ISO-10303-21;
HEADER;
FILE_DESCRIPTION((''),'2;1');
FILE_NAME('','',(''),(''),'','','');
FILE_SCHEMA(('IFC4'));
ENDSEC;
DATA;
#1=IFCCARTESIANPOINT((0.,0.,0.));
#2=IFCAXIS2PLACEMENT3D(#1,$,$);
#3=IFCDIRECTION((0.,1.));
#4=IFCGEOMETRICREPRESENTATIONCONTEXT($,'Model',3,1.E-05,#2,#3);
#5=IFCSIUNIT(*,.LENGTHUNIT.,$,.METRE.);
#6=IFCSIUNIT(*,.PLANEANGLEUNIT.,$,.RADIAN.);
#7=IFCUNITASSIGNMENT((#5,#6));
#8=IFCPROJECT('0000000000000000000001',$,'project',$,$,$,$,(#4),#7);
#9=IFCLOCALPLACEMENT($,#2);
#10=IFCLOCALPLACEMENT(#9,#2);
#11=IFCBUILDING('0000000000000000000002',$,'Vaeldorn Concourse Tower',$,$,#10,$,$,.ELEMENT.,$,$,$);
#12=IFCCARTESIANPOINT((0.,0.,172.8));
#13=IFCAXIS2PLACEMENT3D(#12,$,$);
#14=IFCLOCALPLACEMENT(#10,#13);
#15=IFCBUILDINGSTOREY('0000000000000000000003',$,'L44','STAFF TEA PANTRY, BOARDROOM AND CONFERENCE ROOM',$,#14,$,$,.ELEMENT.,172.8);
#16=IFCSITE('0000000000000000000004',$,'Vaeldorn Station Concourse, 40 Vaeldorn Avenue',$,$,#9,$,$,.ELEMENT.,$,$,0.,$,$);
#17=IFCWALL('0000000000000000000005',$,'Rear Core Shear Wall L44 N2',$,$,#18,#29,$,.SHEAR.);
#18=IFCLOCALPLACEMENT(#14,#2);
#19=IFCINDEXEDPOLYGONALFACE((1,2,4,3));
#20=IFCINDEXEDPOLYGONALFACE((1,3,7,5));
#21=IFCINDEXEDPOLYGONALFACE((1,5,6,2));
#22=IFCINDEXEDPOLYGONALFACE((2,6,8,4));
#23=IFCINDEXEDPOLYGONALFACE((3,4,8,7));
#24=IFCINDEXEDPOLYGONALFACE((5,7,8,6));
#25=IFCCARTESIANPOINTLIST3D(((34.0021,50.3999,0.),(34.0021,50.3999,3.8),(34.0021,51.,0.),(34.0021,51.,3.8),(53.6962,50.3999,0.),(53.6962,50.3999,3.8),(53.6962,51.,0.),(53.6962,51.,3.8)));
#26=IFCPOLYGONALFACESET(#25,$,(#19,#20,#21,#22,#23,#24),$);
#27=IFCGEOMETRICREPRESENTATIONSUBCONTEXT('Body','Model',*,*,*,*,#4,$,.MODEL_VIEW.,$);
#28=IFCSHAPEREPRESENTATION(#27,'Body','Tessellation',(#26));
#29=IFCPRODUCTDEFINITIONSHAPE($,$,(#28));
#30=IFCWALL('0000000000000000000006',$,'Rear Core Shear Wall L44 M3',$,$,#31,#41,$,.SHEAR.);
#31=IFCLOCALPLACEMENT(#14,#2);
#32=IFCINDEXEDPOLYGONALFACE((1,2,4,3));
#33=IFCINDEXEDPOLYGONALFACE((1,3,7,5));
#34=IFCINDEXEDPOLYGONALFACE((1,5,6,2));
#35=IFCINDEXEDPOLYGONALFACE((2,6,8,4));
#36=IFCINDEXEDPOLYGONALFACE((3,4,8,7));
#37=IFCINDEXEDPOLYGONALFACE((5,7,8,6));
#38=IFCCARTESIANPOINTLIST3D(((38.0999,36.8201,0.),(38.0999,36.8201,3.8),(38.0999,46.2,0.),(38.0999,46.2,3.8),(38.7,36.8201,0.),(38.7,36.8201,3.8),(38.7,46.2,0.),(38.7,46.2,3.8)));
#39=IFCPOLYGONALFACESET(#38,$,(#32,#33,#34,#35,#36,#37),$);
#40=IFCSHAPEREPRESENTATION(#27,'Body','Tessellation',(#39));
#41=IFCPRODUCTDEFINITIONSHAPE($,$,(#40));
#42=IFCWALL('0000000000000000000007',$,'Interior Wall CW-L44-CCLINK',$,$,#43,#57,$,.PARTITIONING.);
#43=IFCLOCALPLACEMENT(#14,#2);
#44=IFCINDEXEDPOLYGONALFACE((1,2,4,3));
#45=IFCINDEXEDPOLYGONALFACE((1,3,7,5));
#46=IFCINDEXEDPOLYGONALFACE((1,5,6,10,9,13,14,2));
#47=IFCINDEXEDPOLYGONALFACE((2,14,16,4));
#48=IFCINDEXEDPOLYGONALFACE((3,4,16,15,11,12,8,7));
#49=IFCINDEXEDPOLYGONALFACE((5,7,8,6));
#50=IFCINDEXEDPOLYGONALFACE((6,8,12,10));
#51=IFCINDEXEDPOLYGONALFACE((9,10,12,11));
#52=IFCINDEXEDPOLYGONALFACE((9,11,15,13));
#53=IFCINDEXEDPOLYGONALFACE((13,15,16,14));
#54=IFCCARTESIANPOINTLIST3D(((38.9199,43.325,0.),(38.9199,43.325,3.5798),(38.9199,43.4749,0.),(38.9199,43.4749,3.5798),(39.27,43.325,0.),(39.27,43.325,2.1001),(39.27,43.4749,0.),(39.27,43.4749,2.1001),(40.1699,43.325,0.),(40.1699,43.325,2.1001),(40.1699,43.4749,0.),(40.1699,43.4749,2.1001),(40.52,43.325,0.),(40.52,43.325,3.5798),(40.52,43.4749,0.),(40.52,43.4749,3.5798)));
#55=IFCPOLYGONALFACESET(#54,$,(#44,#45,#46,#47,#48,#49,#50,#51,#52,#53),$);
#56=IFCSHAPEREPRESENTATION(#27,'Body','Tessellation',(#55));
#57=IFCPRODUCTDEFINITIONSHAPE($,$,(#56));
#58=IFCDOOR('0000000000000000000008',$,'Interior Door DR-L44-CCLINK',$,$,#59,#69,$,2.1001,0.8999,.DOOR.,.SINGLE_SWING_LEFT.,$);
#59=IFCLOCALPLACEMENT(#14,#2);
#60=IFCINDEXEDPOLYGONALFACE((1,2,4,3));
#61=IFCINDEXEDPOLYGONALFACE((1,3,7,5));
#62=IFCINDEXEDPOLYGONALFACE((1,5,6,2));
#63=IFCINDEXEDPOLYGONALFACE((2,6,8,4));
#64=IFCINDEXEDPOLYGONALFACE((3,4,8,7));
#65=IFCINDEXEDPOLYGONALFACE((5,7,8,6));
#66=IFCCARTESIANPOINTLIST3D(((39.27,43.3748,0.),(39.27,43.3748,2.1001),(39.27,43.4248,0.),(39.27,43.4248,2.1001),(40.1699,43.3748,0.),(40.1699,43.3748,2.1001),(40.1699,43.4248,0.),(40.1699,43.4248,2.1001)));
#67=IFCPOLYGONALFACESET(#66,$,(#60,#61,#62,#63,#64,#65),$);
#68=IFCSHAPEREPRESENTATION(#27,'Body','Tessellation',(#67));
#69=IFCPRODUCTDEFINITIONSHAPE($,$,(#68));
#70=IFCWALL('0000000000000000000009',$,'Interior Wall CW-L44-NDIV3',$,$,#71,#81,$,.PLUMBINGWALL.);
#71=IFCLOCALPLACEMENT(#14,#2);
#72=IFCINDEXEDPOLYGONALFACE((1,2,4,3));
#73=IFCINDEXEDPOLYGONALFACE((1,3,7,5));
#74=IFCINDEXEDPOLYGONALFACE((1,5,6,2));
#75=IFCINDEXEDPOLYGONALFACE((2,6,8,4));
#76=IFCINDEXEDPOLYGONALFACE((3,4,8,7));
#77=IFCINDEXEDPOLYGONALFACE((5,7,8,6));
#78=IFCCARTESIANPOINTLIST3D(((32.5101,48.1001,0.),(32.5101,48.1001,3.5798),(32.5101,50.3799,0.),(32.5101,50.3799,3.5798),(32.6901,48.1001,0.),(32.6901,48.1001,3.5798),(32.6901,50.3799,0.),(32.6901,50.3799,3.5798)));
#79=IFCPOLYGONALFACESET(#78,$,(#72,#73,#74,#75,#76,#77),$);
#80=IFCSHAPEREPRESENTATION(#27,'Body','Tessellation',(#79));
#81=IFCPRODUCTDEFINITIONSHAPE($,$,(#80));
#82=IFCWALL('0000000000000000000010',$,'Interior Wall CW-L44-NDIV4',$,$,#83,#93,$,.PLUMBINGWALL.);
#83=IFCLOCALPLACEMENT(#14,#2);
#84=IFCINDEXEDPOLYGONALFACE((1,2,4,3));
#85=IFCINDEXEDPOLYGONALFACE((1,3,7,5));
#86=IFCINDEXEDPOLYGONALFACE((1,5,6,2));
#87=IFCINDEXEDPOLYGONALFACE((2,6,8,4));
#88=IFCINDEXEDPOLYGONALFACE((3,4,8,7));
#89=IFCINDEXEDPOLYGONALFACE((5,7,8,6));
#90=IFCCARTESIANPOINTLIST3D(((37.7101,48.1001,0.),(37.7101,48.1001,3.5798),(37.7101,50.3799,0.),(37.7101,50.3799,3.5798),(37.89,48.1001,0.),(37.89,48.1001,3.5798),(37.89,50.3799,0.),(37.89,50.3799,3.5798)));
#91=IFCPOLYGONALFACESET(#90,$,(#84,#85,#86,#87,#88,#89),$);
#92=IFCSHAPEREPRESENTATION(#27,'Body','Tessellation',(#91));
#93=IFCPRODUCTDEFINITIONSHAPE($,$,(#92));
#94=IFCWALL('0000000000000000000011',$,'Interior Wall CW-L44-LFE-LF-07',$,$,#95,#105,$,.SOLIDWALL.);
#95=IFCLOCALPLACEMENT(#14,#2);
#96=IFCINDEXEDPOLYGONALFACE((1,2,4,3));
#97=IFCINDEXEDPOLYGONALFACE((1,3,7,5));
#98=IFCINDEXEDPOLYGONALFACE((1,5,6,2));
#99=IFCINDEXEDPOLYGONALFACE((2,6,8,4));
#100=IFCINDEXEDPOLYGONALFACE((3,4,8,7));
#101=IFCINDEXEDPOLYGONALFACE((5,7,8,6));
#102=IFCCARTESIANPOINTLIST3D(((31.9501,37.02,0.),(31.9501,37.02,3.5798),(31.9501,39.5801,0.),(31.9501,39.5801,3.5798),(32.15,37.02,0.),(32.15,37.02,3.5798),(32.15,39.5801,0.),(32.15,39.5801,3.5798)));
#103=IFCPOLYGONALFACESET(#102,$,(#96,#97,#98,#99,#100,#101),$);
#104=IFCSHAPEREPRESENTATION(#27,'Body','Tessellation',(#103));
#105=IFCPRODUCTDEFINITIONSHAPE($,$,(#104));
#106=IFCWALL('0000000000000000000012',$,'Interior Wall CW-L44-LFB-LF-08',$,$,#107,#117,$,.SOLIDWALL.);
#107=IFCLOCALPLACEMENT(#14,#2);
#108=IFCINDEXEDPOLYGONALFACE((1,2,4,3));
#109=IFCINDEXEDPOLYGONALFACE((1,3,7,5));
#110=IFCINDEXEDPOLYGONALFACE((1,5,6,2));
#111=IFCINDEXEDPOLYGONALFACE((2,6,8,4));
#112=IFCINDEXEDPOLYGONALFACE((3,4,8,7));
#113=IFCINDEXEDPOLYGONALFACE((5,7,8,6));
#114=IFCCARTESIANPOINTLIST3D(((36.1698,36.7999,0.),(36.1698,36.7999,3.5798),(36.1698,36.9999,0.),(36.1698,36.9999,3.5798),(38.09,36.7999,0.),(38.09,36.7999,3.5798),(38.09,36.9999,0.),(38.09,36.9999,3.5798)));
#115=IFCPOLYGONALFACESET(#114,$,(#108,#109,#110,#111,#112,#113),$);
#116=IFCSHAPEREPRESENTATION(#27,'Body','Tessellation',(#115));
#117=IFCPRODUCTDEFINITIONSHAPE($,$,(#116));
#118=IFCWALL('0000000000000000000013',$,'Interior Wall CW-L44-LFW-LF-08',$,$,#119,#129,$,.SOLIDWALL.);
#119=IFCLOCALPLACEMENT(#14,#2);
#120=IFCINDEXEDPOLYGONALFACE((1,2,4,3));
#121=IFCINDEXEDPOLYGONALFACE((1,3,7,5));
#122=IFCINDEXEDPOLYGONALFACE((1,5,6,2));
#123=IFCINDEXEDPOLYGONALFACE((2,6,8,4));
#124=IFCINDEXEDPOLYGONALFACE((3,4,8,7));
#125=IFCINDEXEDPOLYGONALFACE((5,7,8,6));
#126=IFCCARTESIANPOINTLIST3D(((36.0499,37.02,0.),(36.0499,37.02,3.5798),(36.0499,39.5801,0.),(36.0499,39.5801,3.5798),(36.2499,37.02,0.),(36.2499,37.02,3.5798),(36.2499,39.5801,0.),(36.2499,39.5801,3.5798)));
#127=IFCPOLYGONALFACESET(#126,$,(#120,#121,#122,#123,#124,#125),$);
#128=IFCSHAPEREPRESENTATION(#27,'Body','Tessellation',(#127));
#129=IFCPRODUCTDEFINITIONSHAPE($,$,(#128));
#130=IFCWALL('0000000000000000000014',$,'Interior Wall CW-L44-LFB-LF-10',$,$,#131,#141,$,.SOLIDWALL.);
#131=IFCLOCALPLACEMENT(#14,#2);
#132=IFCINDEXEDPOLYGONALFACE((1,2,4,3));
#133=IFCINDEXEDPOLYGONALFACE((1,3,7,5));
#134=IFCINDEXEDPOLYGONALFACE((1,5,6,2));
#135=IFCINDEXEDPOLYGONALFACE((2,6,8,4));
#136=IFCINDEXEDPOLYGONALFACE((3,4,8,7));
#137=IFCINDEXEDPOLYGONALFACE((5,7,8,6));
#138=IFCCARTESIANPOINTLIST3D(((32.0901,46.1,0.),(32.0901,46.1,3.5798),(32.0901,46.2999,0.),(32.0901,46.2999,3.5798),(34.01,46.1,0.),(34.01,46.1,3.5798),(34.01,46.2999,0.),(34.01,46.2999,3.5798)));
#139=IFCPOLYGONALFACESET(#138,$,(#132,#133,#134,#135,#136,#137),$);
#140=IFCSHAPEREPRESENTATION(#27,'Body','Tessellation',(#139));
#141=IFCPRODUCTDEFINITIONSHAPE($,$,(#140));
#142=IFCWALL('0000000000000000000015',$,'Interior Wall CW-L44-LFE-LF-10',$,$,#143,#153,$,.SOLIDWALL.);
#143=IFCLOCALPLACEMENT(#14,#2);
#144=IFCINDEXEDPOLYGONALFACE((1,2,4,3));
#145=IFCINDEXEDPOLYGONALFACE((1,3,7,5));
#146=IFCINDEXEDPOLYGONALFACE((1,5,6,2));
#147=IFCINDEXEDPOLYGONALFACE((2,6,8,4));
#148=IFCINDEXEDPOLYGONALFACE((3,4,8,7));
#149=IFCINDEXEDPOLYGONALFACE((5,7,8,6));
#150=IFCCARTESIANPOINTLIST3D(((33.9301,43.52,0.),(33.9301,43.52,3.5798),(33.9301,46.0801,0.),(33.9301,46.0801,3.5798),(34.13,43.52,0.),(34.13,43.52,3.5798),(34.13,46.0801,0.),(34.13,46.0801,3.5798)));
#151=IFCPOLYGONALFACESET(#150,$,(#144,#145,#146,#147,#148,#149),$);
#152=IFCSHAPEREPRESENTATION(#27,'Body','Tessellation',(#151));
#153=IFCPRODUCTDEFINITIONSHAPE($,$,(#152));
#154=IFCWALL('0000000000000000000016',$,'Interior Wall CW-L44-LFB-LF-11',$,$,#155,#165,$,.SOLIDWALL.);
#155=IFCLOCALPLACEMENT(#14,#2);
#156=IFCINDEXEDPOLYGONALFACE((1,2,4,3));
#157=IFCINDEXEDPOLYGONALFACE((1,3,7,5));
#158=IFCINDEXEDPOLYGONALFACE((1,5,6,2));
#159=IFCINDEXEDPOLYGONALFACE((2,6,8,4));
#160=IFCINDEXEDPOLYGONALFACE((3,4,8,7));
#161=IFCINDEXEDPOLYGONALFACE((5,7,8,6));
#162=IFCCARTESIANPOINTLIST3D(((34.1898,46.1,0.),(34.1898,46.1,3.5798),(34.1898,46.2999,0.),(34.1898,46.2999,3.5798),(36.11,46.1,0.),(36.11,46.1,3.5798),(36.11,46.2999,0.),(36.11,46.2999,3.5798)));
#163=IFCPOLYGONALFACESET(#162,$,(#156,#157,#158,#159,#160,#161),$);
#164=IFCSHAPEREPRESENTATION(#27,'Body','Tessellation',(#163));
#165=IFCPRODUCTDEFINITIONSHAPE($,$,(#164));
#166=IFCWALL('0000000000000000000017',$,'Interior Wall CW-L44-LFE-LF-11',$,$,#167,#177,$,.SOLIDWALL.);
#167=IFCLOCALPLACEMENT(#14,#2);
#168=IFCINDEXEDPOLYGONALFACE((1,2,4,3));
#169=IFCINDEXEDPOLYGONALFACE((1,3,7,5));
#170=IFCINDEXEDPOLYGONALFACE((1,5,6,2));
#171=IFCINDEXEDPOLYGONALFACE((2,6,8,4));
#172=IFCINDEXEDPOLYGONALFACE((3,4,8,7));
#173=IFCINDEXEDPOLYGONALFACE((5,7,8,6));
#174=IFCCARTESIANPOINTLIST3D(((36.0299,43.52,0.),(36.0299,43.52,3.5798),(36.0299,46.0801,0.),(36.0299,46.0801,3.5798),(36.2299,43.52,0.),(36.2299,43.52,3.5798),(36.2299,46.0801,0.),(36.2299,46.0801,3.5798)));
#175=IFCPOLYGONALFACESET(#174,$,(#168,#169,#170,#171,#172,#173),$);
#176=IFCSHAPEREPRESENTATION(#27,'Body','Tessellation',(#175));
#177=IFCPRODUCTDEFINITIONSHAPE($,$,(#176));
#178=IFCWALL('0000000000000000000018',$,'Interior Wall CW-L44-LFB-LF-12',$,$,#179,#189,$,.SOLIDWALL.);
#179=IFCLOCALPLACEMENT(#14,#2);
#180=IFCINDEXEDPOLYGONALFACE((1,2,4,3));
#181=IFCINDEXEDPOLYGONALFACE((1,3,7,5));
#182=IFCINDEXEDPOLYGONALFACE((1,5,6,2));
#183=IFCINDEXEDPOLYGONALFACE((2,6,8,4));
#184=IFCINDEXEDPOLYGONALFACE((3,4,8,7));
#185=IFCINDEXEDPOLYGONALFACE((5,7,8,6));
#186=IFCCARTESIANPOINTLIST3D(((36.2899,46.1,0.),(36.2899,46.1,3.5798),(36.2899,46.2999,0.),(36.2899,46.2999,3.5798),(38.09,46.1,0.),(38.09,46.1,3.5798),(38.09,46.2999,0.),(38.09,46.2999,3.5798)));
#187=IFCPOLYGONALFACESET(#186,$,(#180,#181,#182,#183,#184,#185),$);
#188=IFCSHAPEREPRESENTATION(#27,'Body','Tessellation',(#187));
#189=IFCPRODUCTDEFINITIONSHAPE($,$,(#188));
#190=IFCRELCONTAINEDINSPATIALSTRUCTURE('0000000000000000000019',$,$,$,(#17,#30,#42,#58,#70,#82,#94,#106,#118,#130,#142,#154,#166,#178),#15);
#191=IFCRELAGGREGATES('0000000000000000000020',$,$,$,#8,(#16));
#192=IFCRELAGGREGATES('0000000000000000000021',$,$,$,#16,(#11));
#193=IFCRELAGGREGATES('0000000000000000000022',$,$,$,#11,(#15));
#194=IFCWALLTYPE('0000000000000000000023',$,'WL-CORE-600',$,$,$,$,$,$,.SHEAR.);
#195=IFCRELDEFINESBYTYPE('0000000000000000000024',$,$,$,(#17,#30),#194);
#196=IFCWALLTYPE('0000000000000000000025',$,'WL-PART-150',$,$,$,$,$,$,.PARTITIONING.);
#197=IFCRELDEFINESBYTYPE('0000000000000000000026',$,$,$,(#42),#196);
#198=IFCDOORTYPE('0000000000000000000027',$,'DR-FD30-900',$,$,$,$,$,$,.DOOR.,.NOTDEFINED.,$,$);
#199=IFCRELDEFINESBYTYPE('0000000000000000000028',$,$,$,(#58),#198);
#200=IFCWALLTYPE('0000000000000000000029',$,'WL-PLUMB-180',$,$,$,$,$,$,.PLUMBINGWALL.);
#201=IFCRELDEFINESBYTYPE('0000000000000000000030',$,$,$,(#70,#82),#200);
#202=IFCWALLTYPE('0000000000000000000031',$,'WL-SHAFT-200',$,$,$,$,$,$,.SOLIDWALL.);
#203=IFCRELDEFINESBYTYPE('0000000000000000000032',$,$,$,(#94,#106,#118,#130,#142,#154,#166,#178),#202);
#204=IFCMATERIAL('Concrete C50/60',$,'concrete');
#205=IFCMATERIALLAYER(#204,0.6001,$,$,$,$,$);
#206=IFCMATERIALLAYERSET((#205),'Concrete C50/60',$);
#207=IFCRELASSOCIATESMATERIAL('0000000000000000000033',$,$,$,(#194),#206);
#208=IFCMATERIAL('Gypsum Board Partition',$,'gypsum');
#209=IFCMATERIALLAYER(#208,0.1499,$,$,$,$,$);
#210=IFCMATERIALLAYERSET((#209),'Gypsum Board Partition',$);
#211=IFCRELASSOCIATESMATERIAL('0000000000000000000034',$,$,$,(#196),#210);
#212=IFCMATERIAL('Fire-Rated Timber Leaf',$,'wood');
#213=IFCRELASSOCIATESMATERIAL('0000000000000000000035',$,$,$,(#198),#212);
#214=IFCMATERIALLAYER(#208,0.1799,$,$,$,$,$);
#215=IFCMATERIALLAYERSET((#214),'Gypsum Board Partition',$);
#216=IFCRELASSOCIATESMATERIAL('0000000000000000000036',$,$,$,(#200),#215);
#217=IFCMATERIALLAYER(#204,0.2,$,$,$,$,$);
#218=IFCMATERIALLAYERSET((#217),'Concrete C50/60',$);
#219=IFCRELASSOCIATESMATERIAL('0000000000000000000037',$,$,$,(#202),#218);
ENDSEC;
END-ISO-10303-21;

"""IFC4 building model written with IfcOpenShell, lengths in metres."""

from ifc_helpers import new_model, si_unit, direction, frame, frame_2d, origin, place, context, subcontext, project, spatial, rectangle, extrude, source, transform, mapped, material, layer, layer_set, type_object, element, fill, save


model = new_model("IFC4")

# Units and contexts
model_context = context("Model", 3, precision=1e-05, world=origin(), true_north=direction((0.0, 1.0)))
body_context = subcontext(model_context, "Body", "Model", "MODEL_VIEW")
ifc_project = project(units=[si_unit("LENGTHUNIT", "METRE"), si_unit("PLANEANGLEUNIT", "RADIAN")], contexts=[model_context])

# Site, building, storey
site_placement = place(None, origin())
site = spatial("IfcSite", under=ifc_project, at=site_placement, Name="Vaeldorn Station Concourse, 40 Vaeldorn Avenue", CompositionType="ELEMENT", RefElevation=0.0)
building_placement = place(site_placement, origin())
building = spatial("IfcBuilding", under=site, at=building_placement, Name="Vaeldorn Concourse Tower", CompositionType="ELEMENT")
storey_placement = place(building_placement, frame((0.0, 0.0, 172.8)))
storey = spatial("IfcBuildingStorey", under=building, at=storey_placement, Name="L44", Description="STAFF TEA PANTRY, BOARDROOM AND CONFERENCE ROOM", CompositionType="ELEMENT", Elevation=172.8)

# Walls
ifc_material_1 = material(Name="Concrete C50/60", Category="concrete")
ifc_layer_1 = layer(ifc_material_1, 0.6001)
ifc_layer_set_1 = layer_set([ifc_layer_1], Name="Concrete C50/60")
wall_type_1 = type_object("IfcWallType", Name="WL-CORE-600", PredefinedType="SHEAR", material=ifc_layer_set_1)
wall_1_placement = place(storey_placement, frame((34.002, 50.7, 0.0), z_axis=(0.0, 0.0, 1.0), x_axis=(1.0, 0.0, 0.0)))
element("IfcWall", 1, at=wall_1_placement, inside=storey, type_object=wall_type_1, Name="Rear Core Shear Wall L44 N2", PredefinedType="SHEAR", context=body_context, shape_type="SweptSolid", body=[
    extrude(rectangle(XDim=19.6941, YDim=0.6001, at=frame_2d((9.8472, 0.0))), origin(), (0.0, 0.0, 1.0), 3.8),
])
wall_2_placement = place(storey_placement, frame((38.3999, 36.8201, 0.0), z_axis=(0.0, 0.0, 1.0), x_axis=(0.0, 1.0, 0.0)))
element("IfcWall", 2, at=wall_2_placement, inside=storey, type_object=wall_type_1, Name="Rear Core Shear Wall L44 M3", PredefinedType="SHEAR", context=body_context, shape_type="SweptSolid", body=[
    extrude(rectangle(XDim=9.3799, YDim=0.6001, at=frame_2d((4.6899, 0.0))), origin(), (0.0, 0.0, 1.0), 3.8),
])

# Wall, opening, door
ifc_material_2 = material(Name="Gypsum Board Partition", Category="gypsum")
ifc_layer_2 = layer(ifc_material_2, 0.1499)
ifc_layer_set_2 = layer_set([ifc_layer_2], Name="Gypsum Board Partition")
wall_type_2 = type_object("IfcWallType", Name="WL-PART-150", PredefinedType="PARTITIONING", material=ifc_layer_set_2)
wall_3_placement = place(storey_placement, frame((38.9199, 43.3999, 0.0), z_axis=(0.0, 0.0, 1.0), x_axis=(1.0, 0.0, 0.0)))
wall_3 = element("IfcWall", 3, at=wall_3_placement, inside=storey, type_object=wall_type_2, Name="Interior Wall CW-L44-CCLINK", PredefinedType="PARTITIONING", context=body_context, shape_type="SweptSolid", body=[
    extrude(rectangle(XDim=1.6001, YDim=0.1499, at=frame_2d((0.8, 0.0))), origin(), (0.0, 0.0, 1.0), 3.5798),
])
opening_1_placement = place(wall_3_placement, frame((0.3501, 0.0, 0.0)))
opening_1 = element("IfcOpeningElement", 4, at=opening_1_placement, cuts=wall_3, PredefinedType="OPENING", context=body_context, shape_type="SweptSolid", body=[
    extrude(rectangle(XDim=0.8999, YDim=2.1001, at=frame_2d((0.45, 1.05))), frame((0.0, 0.085, 0.0), z_axis=(0.0, -1.0, 0.0), x_axis=(1.0, 0.0, 0.0)), (0.0, 0.0, 1.0), 0.1699),
])
ifc_material_3 = material(Name="Fire-Rated Timber Leaf", Category="wood")
door_type_1 = type_object("IfcDoorType", Name="DR-FD30-900", OperationType="NOTDEFINED", PredefinedType="DOOR", material=ifc_material_3)
shared_shape_1 = source(origin(), body_context, "Body", "SweptSolid", [
    extrude(rectangle(XDim=0.8999, YDim=2.1001, at=frame_2d((0.45, 1.05))), frame((0.0, 0.0249, 0.0), z_axis=(0.0, -1.0, 0.0), x_axis=(1.0, 0.0, 0.0)), (0.0, 0.0, 1.0), 0.05),
])
door_1_placement = place(opening_1_placement, origin())
door_1 = element("IfcDoor", 5, at=door_1_placement, inside=storey, type_object=door_type_1, Name="Interior Door DR-L44-CCLINK", OperationType="SINGLE_SWING_LEFT", OverallHeight=2.1001, OverallWidth=0.8999, PredefinedType="DOOR", context=body_context, shape_type="MappedRepresentation", body=[
    mapped(shared_shape_1, transform((0.0, 0.0, 0.0), scale=1.0)),
])
fill(opening_1, door_1)

# Walls
ifc_layer_3 = layer(ifc_material_2, 0.1799)
ifc_layer_set_3 = layer_set([ifc_layer_3], Name="Gypsum Board Partition")
wall_type_3 = type_object("IfcWallType", Name="WL-PLUMB-180", PredefinedType="PLUMBINGWALL", material=ifc_layer_set_3)
for number, where, z_axis, x_axis, name in (
    (6, (32.6001, 48.1001, 0.0), (0.0, 0.0, 1.0), (0.0, 1.0, 0.0), "Interior Wall CW-L44-NDIV3"),
    (7, (37.8, 48.1001, 0.0), (0.0, 0.0, 1.0), (0.0, 1.0, 0.0), "Interior Wall CW-L44-NDIV4"),
):
    element("IfcWall", number, at=place(storey_placement, frame(where, z_axis=z_axis, x_axis=x_axis)), inside=storey, type_object=wall_type_3, Name=name, PredefinedType="PLUMBINGWALL", context=body_context, shape_type="SweptSolid", body=[
        extrude(rectangle(XDim=2.2798, YDim=0.1799, at=frame_2d((1.1399, 0.0))), origin(), (0.0, 0.0, 1.0), 3.5798),
    ])
ifc_layer_4 = layer(ifc_material_1, 0.2)
ifc_layer_set_4 = layer_set([ifc_layer_4], Name="Concrete C50/60")
wall_type_4 = type_object("IfcWallType", Name="WL-SHAFT-200", PredefinedType="SOLIDWALL", material=ifc_layer_set_4)
wall_4_placement = place(storey_placement, frame((32.05, 37.02, 0.0), z_axis=(0.0, 0.0, 1.0), x_axis=(0.0, 1.0, 0.0)))
element("IfcWall", 8, at=wall_4_placement, inside=storey, type_object=wall_type_4, Name="Interior Wall CW-L44-LFE-LF-07", PredefinedType="SOLIDWALL", context=body_context, shape_type="SweptSolid", body=[
    extrude(rectangle(XDim=2.5601, YDim=0.2, at=frame_2d((1.28, 0.0))), origin(), (0.0, 0.0, 1.0), 3.5798),
])

# Walls
wall_5_placement = place(storey_placement, frame((36.1699, 36.8999, 0.0), z_axis=(0.0, 0.0, 1.0), x_axis=(1.0, 0.0, 0.0)))
element("IfcWall", 9, at=wall_5_placement, inside=storey, type_object=wall_type_4, Name="Interior Wall CW-L44-LFB-LF-08", PredefinedType="SOLIDWALL", context=body_context, shape_type="SweptSolid", body=[
    extrude(rectangle(XDim=1.9202, YDim=0.2, at=frame_2d((0.96, 0.0))), origin(), (0.0, 0.0, 1.0), 3.5798),
])
wall_6_placement = place(storey_placement, frame((36.1499, 37.02, 0.0), z_axis=(0.0, 0.0, 1.0), x_axis=(0.0, 1.0, 0.0)))
element("IfcWall", 10, at=wall_6_placement, inside=storey, type_object=wall_type_4, Name="Interior Wall CW-L44-LFW-LF-08", PredefinedType="SOLIDWALL", context=body_context, shape_type="SweptSolid", body=[
    extrude(rectangle(XDim=2.5601, YDim=0.2, at=frame_2d((1.28, 0.0))), origin(), (0.0, 0.0, 1.0), 3.5798),
])

# Walls
wall_7_placement = place(storey_placement, frame((32.0901, 46.2, 0.0), z_axis=(0.0, 0.0, 1.0), x_axis=(1.0, 0.0, 0.0)))
element("IfcWall", 11, at=wall_7_placement, inside=storey, type_object=wall_type_4, Name="Interior Wall CW-L44-LFB-LF-10", PredefinedType="SOLIDWALL", context=body_context, shape_type="SweptSolid", body=[
    extrude(rectangle(XDim=1.9199, YDim=0.2, at=frame_2d((0.96, 0.0))), origin(), (0.0, 0.0, 1.0), 3.5798),
])
wall_8_placement = place(storey_placement, frame((34.03, 43.52, 0.0), z_axis=(0.0, 0.0, 1.0), x_axis=(0.0, 1.0, 0.0)))
element("IfcWall", 12, at=wall_8_placement, inside=storey, type_object=wall_type_4, Name="Interior Wall CW-L44-LFE-LF-10", PredefinedType="SOLIDWALL", context=body_context, shape_type="SweptSolid", body=[
    extrude(rectangle(XDim=2.5601, YDim=0.2, at=frame_2d((1.28, 0.0))), origin(), (0.0, 0.0, 1.0), 3.5798),
])

# Walls
wall_9_placement = place(storey_placement, frame((34.1899, 46.2, 0.0), z_axis=(0.0, 0.0, 1.0), x_axis=(1.0, 0.0, 0.0)))
element("IfcWall", 13, at=wall_9_placement, inside=storey, type_object=wall_type_4, Name="Interior Wall CW-L44-LFB-LF-11", PredefinedType="SOLIDWALL", context=body_context, shape_type="SweptSolid", body=[
    extrude(rectangle(XDim=1.9202, YDim=0.2, at=frame_2d((0.96, 0.0))), origin(), (0.0, 0.0, 1.0), 3.5798),
])
wall_10_placement = place(storey_placement, frame((36.1299, 43.52, 0.0), z_axis=(0.0, 0.0, 1.0), x_axis=(0.0, 1.0, 0.0)))
element("IfcWall", 14, at=wall_10_placement, inside=storey, type_object=wall_type_4, Name="Interior Wall CW-L44-LFE-LF-11", PredefinedType="SOLIDWALL", context=body_context, shape_type="SweptSolid", body=[
    extrude(rectangle(XDim=2.5601, YDim=0.2, at=frame_2d((1.28, 0.0))), origin(), (0.0, 0.0, 1.0), 3.5798),
])

# Wall
wall_11_placement = place(storey_placement, frame((36.29, 46.2, 0.0), z_axis=(0.0, 0.0, 1.0), x_axis=(1.0, 0.0, 0.0)))
element("IfcWall", 15, at=wall_11_placement, inside=storey, type_object=wall_type_4, Name="Interior Wall CW-L44-LFB-LF-12", PredefinedType="SOLIDWALL", context=body_context, shape_type="SweptSolid", body=[
    extrude(rectangle(XDim=1.8, YDim=0.2, at=frame_2d((0.8999, 0.0))), origin(), (0.0, 0.0, 1.0), 3.5798),
])

save(model, "model.ifc")
